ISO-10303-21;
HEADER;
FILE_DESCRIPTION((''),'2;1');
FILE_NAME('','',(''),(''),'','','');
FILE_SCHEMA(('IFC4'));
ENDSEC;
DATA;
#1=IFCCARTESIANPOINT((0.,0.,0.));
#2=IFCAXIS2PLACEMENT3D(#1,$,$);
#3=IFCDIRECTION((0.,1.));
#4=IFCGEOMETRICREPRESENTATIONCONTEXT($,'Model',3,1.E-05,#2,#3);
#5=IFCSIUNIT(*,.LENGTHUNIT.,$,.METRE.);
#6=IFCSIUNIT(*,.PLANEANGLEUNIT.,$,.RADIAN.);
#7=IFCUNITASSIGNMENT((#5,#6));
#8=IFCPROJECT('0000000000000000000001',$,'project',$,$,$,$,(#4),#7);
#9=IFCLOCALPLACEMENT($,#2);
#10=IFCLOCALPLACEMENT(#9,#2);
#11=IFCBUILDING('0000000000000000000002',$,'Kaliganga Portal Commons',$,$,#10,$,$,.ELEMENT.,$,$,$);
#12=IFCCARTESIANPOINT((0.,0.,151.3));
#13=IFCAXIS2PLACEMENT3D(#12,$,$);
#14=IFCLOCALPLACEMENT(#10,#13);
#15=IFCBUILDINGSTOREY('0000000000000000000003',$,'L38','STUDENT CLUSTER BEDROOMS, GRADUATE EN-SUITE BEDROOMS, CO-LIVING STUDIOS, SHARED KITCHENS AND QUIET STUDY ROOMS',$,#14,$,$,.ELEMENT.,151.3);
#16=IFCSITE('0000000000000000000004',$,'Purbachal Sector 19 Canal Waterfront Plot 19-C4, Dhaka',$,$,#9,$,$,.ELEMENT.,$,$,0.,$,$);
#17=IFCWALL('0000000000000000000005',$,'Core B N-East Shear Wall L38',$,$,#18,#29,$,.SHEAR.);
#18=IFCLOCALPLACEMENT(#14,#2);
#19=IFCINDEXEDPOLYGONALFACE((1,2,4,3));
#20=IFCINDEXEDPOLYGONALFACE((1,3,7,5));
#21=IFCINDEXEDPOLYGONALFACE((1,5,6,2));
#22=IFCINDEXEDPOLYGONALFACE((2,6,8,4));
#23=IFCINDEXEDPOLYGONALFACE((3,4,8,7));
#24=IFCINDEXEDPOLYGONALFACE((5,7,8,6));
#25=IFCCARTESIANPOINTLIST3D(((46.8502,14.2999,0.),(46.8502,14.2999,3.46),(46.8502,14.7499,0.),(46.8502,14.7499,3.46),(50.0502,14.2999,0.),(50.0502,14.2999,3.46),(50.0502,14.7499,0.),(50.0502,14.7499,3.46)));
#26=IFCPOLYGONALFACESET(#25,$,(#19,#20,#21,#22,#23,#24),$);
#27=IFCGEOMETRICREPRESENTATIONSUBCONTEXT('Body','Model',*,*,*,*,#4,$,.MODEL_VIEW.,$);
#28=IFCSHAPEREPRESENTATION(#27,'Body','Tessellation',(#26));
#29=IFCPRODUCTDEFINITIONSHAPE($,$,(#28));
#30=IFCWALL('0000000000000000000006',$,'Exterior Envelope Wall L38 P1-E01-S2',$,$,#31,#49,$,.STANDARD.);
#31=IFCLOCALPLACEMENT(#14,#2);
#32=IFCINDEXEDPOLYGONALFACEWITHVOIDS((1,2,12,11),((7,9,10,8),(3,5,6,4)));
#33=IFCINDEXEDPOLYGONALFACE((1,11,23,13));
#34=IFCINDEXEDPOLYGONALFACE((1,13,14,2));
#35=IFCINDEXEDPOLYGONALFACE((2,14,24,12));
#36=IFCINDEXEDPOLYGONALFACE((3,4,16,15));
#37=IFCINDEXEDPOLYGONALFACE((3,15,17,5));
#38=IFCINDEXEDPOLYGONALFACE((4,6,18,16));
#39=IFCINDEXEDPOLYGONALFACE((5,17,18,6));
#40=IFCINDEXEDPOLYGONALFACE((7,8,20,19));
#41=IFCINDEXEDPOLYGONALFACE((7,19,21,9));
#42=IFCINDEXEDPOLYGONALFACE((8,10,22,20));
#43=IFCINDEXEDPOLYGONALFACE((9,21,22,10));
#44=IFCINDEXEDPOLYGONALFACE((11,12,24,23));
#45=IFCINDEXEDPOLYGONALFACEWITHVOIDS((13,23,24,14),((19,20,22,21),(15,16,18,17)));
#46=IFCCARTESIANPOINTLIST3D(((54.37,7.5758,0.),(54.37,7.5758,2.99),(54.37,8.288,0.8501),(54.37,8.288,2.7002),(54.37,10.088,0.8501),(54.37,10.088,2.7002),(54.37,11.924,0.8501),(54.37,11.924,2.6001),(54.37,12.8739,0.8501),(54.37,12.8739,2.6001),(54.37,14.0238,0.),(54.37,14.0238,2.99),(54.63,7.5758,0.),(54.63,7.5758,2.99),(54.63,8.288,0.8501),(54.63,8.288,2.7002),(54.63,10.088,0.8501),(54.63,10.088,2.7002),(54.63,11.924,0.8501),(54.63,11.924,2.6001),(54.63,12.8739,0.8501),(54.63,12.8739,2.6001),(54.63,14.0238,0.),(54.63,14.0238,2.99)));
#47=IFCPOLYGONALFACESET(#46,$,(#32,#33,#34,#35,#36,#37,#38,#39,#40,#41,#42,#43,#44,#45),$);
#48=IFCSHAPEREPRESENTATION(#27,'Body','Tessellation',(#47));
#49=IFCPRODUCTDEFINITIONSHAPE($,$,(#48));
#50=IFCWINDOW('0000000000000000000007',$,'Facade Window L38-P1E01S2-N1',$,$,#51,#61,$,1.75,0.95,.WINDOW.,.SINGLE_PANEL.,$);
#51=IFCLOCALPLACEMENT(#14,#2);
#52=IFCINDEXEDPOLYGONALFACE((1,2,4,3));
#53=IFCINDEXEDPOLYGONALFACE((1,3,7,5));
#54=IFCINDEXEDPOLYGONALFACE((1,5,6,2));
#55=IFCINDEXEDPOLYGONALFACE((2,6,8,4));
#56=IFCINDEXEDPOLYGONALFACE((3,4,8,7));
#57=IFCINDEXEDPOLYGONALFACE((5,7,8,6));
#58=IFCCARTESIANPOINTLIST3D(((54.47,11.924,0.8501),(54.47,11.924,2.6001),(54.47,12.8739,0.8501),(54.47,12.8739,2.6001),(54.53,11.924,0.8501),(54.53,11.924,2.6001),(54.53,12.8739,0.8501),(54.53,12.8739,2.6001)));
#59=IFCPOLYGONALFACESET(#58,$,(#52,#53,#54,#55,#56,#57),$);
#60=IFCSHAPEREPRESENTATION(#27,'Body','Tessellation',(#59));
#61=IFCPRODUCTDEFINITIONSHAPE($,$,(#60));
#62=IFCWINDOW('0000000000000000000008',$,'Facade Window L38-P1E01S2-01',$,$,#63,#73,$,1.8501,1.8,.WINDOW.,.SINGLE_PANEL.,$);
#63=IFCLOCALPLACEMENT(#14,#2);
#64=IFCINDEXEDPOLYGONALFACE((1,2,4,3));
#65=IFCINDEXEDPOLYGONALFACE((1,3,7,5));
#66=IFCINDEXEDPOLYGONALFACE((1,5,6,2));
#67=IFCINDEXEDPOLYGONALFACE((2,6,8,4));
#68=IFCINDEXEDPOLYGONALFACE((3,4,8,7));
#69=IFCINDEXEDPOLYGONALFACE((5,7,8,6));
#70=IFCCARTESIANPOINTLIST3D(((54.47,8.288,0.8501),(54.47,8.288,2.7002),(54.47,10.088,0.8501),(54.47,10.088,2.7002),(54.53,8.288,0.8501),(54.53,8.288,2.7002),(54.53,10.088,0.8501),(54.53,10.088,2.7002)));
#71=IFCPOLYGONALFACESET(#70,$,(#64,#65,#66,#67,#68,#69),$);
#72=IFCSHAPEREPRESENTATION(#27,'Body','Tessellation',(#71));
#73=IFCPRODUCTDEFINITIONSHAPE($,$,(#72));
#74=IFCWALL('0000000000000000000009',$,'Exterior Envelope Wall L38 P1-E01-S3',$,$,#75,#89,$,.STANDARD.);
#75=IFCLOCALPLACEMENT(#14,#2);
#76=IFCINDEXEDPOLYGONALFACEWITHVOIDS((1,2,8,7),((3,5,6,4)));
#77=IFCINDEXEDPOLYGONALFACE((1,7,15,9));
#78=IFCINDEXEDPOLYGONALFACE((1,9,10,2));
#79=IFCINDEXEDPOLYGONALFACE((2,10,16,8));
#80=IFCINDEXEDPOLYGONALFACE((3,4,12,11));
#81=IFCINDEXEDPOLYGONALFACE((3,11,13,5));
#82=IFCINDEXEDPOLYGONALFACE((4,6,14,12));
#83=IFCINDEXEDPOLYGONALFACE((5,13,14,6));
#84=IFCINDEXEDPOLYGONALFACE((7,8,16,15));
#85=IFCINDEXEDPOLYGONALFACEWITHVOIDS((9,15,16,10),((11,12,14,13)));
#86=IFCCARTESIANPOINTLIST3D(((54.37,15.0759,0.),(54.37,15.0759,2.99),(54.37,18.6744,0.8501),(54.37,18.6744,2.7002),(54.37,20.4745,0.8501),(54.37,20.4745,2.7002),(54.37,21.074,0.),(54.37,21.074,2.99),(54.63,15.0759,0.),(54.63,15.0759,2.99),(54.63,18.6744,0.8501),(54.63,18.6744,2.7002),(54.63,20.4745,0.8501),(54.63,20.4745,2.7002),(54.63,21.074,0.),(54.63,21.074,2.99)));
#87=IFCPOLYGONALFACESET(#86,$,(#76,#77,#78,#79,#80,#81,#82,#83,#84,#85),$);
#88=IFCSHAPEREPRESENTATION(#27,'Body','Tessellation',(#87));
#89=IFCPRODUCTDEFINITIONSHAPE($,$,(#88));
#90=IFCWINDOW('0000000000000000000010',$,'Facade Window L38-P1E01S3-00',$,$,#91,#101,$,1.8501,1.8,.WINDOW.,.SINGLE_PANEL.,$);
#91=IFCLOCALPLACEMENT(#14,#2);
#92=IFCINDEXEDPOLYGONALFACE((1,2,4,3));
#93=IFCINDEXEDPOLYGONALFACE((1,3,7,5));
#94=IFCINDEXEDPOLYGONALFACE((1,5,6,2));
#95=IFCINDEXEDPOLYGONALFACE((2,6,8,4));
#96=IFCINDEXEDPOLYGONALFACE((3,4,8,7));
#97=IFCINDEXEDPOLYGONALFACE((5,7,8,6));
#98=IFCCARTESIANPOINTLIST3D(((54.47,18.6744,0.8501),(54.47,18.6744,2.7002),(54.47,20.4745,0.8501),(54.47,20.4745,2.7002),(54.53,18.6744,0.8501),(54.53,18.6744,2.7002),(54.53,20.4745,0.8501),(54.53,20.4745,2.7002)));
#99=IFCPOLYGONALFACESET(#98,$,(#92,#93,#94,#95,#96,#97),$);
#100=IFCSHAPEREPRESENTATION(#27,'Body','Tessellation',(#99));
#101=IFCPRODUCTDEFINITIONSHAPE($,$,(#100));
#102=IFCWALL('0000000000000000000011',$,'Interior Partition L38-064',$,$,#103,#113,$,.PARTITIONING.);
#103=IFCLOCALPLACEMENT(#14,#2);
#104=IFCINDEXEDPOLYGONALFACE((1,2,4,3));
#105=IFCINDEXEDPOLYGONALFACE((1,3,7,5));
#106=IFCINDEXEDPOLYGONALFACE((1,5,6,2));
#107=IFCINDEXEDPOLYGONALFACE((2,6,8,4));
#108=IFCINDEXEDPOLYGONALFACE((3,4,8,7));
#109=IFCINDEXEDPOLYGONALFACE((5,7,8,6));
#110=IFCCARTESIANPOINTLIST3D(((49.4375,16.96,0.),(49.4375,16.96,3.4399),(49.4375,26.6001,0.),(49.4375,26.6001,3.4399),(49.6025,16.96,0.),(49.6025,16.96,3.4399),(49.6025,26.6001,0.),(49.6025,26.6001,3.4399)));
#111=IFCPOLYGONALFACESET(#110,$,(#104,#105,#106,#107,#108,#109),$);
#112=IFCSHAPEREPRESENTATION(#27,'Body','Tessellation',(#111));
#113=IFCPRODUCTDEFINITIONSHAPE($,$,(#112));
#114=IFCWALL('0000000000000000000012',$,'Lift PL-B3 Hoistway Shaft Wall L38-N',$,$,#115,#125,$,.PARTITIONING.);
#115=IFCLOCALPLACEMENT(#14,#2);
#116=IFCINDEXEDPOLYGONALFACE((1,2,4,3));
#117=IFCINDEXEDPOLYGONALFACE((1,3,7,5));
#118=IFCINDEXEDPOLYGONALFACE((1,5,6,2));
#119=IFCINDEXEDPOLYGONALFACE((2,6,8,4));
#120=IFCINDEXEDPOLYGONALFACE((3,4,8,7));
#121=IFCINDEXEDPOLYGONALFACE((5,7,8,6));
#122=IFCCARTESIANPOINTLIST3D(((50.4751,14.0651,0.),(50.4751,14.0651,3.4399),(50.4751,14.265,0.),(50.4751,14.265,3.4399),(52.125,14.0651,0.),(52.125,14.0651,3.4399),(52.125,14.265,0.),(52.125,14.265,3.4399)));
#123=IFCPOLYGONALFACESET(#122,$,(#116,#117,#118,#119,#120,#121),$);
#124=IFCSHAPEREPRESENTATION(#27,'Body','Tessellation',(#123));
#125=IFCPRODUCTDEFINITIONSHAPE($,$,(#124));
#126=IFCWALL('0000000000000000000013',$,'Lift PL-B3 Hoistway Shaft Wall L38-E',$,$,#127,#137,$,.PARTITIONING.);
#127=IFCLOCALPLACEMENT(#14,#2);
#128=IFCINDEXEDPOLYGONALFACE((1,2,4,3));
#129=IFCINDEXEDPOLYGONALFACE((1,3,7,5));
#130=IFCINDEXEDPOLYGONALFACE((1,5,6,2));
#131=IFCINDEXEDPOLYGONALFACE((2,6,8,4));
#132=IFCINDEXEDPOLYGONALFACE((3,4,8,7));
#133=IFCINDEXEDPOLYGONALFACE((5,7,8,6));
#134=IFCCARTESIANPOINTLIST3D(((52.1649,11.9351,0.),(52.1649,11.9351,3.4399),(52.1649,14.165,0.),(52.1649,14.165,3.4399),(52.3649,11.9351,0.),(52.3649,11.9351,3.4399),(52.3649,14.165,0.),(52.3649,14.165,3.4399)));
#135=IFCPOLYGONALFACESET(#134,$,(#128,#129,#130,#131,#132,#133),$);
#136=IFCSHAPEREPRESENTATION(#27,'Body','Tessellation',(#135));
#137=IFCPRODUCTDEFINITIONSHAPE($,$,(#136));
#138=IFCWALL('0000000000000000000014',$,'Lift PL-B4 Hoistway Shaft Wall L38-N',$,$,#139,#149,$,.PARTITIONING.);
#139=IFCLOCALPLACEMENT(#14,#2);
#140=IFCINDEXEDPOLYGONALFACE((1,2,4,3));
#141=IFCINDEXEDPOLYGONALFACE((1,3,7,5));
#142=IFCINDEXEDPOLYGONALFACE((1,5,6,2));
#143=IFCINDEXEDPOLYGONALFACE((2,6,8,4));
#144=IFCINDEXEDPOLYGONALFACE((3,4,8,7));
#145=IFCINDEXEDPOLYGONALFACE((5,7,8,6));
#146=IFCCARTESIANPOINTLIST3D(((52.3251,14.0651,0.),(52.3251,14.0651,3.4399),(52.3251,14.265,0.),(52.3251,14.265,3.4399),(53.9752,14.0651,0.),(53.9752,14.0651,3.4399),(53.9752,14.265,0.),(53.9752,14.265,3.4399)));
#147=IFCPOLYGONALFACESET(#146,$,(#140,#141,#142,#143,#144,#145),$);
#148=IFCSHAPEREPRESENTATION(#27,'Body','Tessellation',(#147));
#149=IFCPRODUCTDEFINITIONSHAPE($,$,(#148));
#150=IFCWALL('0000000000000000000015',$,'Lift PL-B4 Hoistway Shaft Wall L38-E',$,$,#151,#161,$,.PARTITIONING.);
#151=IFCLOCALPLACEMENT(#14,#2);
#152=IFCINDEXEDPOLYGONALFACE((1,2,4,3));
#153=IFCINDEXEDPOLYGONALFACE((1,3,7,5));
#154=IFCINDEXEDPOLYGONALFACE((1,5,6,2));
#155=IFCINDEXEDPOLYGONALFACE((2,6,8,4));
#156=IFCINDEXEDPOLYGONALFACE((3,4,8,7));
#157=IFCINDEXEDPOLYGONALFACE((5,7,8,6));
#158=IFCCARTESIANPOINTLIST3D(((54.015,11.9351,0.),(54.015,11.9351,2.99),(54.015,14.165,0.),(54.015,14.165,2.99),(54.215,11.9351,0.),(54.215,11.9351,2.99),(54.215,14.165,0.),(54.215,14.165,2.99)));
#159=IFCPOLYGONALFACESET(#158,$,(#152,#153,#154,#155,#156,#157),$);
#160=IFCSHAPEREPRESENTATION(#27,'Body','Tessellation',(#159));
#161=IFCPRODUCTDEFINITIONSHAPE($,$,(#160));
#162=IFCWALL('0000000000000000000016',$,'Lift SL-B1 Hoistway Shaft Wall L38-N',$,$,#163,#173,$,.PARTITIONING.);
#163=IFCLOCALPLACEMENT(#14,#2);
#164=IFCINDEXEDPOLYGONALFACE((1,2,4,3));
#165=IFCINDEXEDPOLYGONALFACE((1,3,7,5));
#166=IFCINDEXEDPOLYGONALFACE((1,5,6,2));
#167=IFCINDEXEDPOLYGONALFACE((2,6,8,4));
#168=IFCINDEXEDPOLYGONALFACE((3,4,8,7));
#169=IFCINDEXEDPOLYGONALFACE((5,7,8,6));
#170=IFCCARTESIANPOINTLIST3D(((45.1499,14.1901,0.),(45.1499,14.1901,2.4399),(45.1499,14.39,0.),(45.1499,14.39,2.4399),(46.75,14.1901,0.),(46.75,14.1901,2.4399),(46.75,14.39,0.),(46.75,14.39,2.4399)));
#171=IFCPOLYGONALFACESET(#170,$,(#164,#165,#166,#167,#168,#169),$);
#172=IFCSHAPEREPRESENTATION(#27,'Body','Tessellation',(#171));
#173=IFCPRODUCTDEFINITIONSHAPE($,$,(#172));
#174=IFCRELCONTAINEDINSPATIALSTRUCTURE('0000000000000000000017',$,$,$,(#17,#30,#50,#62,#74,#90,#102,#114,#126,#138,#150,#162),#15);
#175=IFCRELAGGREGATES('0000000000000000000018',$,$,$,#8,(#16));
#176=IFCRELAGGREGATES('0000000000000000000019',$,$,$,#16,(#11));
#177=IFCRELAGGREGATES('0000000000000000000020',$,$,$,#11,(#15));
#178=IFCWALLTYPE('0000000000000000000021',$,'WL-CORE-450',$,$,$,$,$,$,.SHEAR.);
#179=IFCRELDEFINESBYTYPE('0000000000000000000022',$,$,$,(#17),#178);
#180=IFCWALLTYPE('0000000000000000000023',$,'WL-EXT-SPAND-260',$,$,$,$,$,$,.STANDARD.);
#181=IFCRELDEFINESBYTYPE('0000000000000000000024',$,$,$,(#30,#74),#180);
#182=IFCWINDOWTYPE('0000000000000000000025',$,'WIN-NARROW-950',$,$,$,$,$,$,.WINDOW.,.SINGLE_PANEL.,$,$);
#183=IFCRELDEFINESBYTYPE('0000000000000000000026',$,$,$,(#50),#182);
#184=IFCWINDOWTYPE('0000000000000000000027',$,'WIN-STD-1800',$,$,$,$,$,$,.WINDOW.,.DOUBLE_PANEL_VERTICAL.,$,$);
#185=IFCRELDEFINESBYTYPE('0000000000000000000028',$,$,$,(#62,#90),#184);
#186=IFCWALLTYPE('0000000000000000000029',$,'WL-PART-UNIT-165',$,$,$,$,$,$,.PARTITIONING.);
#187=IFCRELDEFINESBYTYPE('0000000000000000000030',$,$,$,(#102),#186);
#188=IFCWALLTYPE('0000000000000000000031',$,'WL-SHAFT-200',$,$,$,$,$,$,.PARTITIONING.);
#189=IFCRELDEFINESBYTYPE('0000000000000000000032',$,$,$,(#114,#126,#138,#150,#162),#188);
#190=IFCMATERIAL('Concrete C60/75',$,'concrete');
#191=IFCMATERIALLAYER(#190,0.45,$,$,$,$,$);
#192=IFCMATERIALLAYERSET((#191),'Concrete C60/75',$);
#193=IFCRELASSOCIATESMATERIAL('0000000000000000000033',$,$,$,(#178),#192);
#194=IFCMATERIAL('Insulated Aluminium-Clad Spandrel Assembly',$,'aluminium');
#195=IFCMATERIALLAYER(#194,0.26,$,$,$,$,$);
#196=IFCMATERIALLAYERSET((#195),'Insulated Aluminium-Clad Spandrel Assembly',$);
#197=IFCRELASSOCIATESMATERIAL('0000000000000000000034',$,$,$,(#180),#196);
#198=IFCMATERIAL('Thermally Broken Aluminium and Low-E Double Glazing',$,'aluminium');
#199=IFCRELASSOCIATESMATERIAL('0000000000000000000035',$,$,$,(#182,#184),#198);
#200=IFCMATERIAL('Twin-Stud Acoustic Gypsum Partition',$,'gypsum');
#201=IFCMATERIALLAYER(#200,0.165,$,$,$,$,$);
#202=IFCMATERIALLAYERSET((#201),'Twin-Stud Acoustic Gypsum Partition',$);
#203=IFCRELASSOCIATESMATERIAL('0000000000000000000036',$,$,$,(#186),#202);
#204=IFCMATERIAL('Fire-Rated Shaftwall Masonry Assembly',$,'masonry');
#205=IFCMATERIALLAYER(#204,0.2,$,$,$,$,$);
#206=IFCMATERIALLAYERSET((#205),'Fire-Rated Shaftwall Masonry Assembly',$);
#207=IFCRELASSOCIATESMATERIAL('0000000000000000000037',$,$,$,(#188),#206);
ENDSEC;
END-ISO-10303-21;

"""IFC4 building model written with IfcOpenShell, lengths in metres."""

from ifc_helpers import new_model, si_unit, direction, frame, frame_2d, origin, place, context, subcontext, project, spatial, rectangle, extrude, material, layer, layer_set, type_object, element, fill, save


model = new_model("IFC4")

# Units and contexts
model_context = context("Model", 3, precision=1e-05, world=origin(), true_north=direction((0.0, 1.0)))
body_context = subcontext(model_context, "Body", "Model", "MODEL_VIEW")
ifc_project = project(units=[si_unit("LENGTHUNIT", "METRE"), si_unit("PLANEANGLEUNIT", "RADIAN")], contexts=[model_context])

# Site, building, storey
site_placement = place(None, origin())
site = spatial("IfcSite", under=ifc_project, at=site_placement, Name="Purbachal Sector 19 Canal Waterfront Plot 19-C4, Dhaka", CompositionType="ELEMENT", RefElevation=0.0)
building_placement = place(site_placement, origin())
building = spatial("IfcBuilding", under=site, at=building_placement, Name="Kaliganga Portal Commons", CompositionType="ELEMENT")
storey_placement = place(building_placement, frame((0.0, 0.0, 151.3)))
storey = spatial("IfcBuildingStorey", under=building, at=storey_placement, Name="L38", Description="STUDENT CLUSTER BEDROOMS, GRADUATE EN-SUITE BEDROOMS, CO-LIVING STUDIOS, SHARED KITCHENS AND QUIET STUDY ROOMS", CompositionType="ELEMENT", Elevation=151.3)

# Shared definitions
ifc_material_1 = material(Name="Concrete C60/75", Category="concrete")

# Wall
ifc_layer_1 = layer(ifc_material_1, 0.45)
ifc_layer_set_1 = layer_set([ifc_layer_1], Name="Concrete C60/75")
wall_type_1 = type_object("IfcWallType", Name="WL-CORE-450", PredefinedType="SHEAR", material=ifc_layer_set_1)
wall_1_placement = place(storey_placement, frame((46.8501, 14.5249, 0.0), z_axis=(0.0, 0.0, 1.0), x_axis=(1.0, 0.0, 0.0)))
element("IfcWall", 1, at=wall_1_placement, inside=storey, type_object=wall_type_1, Name="Core B N-East Shear Wall L38", PredefinedType="SHEAR", context=body_context, shape_type="SweptSolid", body=[
    extrude(rectangle(XDim=3.2, YDim=0.45, at=frame_2d((1.6001, 0.0))), origin(), (0.0, 0.0, 1.0), 3.46),
])

# Wall, openings, windows
ifc_material_2 = material(Name="Insulated Aluminium-Clad Spandrel Assembly", Category="aluminium")
ifc_layer_2 = layer(ifc_material_2, 0.26)
ifc_layer_set_2 = layer_set([ifc_layer_2], Name="Insulated Aluminium-Clad Spandrel Assembly")
wall_type_2 = type_object("IfcWallType", Name="WL-EXT-SPAND-260", PredefinedType="STANDARD", material=ifc_layer_set_2)
wall_2_placement = place(storey_placement, frame((54.5, 14.0239, 0.0), z_axis=(0.0, 0.0, 1.0), x_axis=(0.0, -1.0, 0.0)))
wall_2 = element("IfcWall", 2, at=wall_2_placement, inside=storey, type_object=wall_type_2, Name="Exterior Envelope Wall L38 P1-E01-S2", PredefinedType="STANDARD", context=body_context, shape_type="SweptSolid", body=[
    extrude(rectangle(XDim=6.448, YDim=0.26, at=frame_2d((3.2241, 0.0))), origin(), (0.0, 0.0, 1.0), 2.99),
])
opening_1_placement = place(wall_2_placement, frame((3.936, 0.0, 0.8501)))
opening_1 = element("IfcOpeningElement", 3, at=opening_1_placement, cuts=wall_2, PredefinedType="OPENING", context=body_context, shape_type="SweptSolid", body=[
    extrude(rectangle(XDim=1.8, YDim=1.8501, at=frame_2d((0.8999, 0.925))), frame((0.0, 0.1401, 0.0), z_axis=(0.0, -1.0, 0.0), x_axis=(1.0, 0.0, 0.0)), (0.0, 0.0, 1.0), 0.28),
])
opening_2_placement = place(wall_2_placement, frame((1.1499, 0.0, 0.8501)))
opening_2 = element("IfcOpeningElement", 4, at=opening_2_placement, cuts=wall_2, PredefinedType="OPENING", context=body_context, shape_type="SweptSolid", body=[
    extrude(rectangle(XDim=0.95, YDim=1.75, at=frame_2d((0.4751, 0.875))), frame((0.0, 0.1401, 0.0), z_axis=(0.0, -1.0, 0.0), x_axis=(1.0, 0.0, 0.0)), (0.0, 0.0, 1.0), 0.28),
])
ifc_material_3 = material(Name="Thermally Broken Aluminium and Low-E Double Glazing", Category="aluminium")
window_type_1 = type_object("IfcWindowType", Name="WIN-NARROW-950", PartitioningType="SINGLE_PANEL", PredefinedType="WINDOW", material=ifc_material_3)
window_1_placement = place(opening_2_placement, origin())
window_1 = element("IfcWindow", 5, at=window_1_placement, inside=storey, type_object=window_type_1, Name="Facade Window L38-P1E01S2-N1", OverallHeight=1.75, OverallWidth=0.95, PartitioningType="SINGLE_PANEL", PredefinedType="WINDOW", context=body_context, shape_type="SweptSolid", body=[
    extrude(rectangle(XDim=0.95, YDim=1.75, at=frame_2d((0.4751, 0.875))), frame((0.0, 0.03, 0.0), z_axis=(0.0, -1.0, 0.0), x_axis=(1.0, 0.0, 0.0)), (0.0, 0.0, 1.0), 0.0601),
])
fill(opening_2, window_1)
window_type_2 = type_object("IfcWindowType", Name="WIN-STD-1800", PartitioningType="DOUBLE_PANEL_VERTICAL", PredefinedType="WINDOW", material=ifc_material_3)
window_2_placement = place(opening_1_placement, origin())
window_2 = element("IfcWindow", 6, at=window_2_placement, inside=storey, type_object=window_type_2, Name="Facade Window L38-P1E01S2-01", OverallHeight=1.8501, OverallWidth=1.8, PartitioningType="SINGLE_PANEL", PredefinedType="WINDOW", context=body_context, shape_type="SweptSolid", body=[
    extrude(rectangle(XDim=1.8, YDim=1.8501, at=frame_2d((0.8999, 0.925))), frame((0.0, 0.03, 0.0), z_axis=(0.0, -1.0, 0.0), x_axis=(1.0, 0.0, 0.0)), (0.0, 0.0, 1.0), 0.0601),
])
fill(opening_1, window_2)

# Wall, opening, window
wall_3_placement = place(storey_placement, frame((54.5, 21.074, 0.0), z_axis=(0.0, 0.0, 1.0), x_axis=(0.0, -1.0, 0.0)))
wall_3 = element("IfcWall", 7, at=wall_3_placement, inside=storey, type_object=wall_type_2, Name="Exterior Envelope Wall L38 P1-E01-S3", PredefinedType="STANDARD", context=body_context, shape_type="SweptSolid", body=[
    extrude(rectangle(XDim=5.998, YDim=0.26, at=frame_2d((2.999, 0.0))), origin(), (0.0, 0.0, 1.0), 2.99),
])
opening_3_placement = place(wall_3_placement, frame((0.5996, 0.0, 0.8501)))
opening_3 = element("IfcOpeningElement", 8, at=opening_3_placement, cuts=wall_3, PredefinedType="OPENING", context=body_context, shape_type="SweptSolid", body=[
    extrude(rectangle(XDim=1.8, YDim=1.8501, at=frame_2d((0.8999, 0.925))), frame((0.0, 0.1401, 0.0), z_axis=(0.0, -1.0, 0.0), x_axis=(1.0, 0.0, 0.0)), (0.0, 0.0, 1.0), 0.28),
])
window_3_placement = place(opening_3_placement, origin())
window_3 = element("IfcWindow", 9, at=window_3_placement, inside=storey, type_object=window_type_2, Name="Facade Window L38-P1E01S3-00", OverallHeight=1.8501, OverallWidth=1.8, PartitioningType="SINGLE_PANEL", PredefinedType="WINDOW", context=body_context, shape_type="SweptSolid", body=[
    extrude(rectangle(XDim=1.8, YDim=1.8501, at=frame_2d((0.8999, 0.925))), frame((0.0, 0.03, 0.0), z_axis=(0.0, -1.0, 0.0), x_axis=(1.0, 0.0, 0.0)), (0.0, 0.0, 1.0), 0.0601),
])
fill(opening_3, window_3)

# Wall
ifc_material_4 = material(Name="Twin-Stud Acoustic Gypsum Partition", Category="gypsum")
ifc_layer_3 = layer(ifc_material_4, 0.165)
ifc_layer_set_3 = layer_set([ifc_layer_3], Name="Twin-Stud Acoustic Gypsum Partition")
wall_type_3 = type_object("IfcWallType", Name="WL-PART-UNIT-165", PredefinedType="PARTITIONING", material=ifc_layer_set_3)
wall_4_placement = place(storey_placement, frame((49.52, 16.96, 0.0), z_axis=(0.0, 0.0, 1.0), x_axis=(0.0, 1.0, 0.0)))
element("IfcWall", 10, at=wall_4_placement, inside=storey, type_object=wall_type_3, Name="Interior Partition L38-064", PredefinedType="PARTITIONING", context=body_context, shape_type="SweptSolid", body=[
    extrude(rectangle(XDim=9.6401, YDim=0.165, at=frame_2d((4.8201, 0.0))), origin(), (0.0, 0.0, 1.0), 3.4399),
])

# Shared definitions
ifc_material_5 = material(Name="Fire-Rated Shaftwall Masonry Assembly", Category="masonry")
ifc_layer_4 = layer(ifc_material_5, 0.2)
ifc_layer_set_4 = layer_set([ifc_layer_4], Name="Fire-Rated Shaftwall Masonry Assembly")
wall_type_4 = type_object("IfcWallType", Name="WL-SHAFT-200", PredefinedType="PARTITIONING", material=ifc_layer_set_4)

# Walls
wall_5_placement = place(storey_placement, frame((50.4751, 14.165, 0.0), z_axis=(0.0, 0.0, 1.0), x_axis=(1.0, 0.0, 0.0)))
element("IfcWall", 11, at=wall_5_placement, inside=storey, type_object=wall_type_4, Name="Lift PL-B3 Hoistway Shaft Wall L38-N", PredefinedType="PARTITIONING", context=body_context, shape_type="SweptSolid", body=[
    extrude(rectangle(XDim=1.6499, YDim=0.2, at=frame_2d((0.825, 0.0))), origin(), (0.0, 0.0, 1.0), 3.4399),
])
wall_6_placement = place(storey_placement, frame((52.2649, 11.9351, 0.0), z_axis=(0.0, 0.0, 1.0), x_axis=(0.0, 1.0, 0.0)))
element("IfcWall", 12, at=wall_6_placement, inside=storey, type_object=wall_type_4, Name="Lift PL-B3 Hoistway Shaft Wall L38-E", PredefinedType="PARTITIONING", context=body_context, shape_type="SweptSolid", body=[
    extrude(rectangle(XDim=2.23, YDim=0.2, at=frame_2d((1.115, 0.0))), origin(), (0.0, 0.0, 1.0), 3.4399),
])

# Walls
wall_7_placement = place(storey_placement, frame((52.325, 14.165, 0.0), z_axis=(0.0, 0.0, 1.0), x_axis=(1.0, 0.0, 0.0)))
element("IfcWall", 13, at=wall_7_placement, inside=storey, type_object=wall_type_4, Name="Lift PL-B4 Hoistway Shaft Wall L38-N", PredefinedType="PARTITIONING", context=body_context, shape_type="SweptSolid", body=[
    extrude(rectangle(XDim=1.6501, YDim=0.2, at=frame_2d((0.8252, 0.0))), origin(), (0.0, 0.0, 1.0), 3.4399),
])
wall_8_placement = place(storey_placement, frame((54.115, 11.9351, 0.0), z_axis=(0.0, 0.0, 1.0), x_axis=(0.0, 1.0, 0.0)))
element("IfcWall", 14, at=wall_8_placement, inside=storey, type_object=wall_type_4, Name="Lift PL-B4 Hoistway Shaft Wall L38-E", PredefinedType="PARTITIONING", context=body_context, shape_type="SweptSolid", body=[
    extrude(rectangle(XDim=2.23, YDim=0.2, at=frame_2d((1.115, 0.0))), origin(), (0.0, 0.0, 1.0), 2.99),
])

# Wall
wall_9_placement = place(storey_placement, frame((45.1499, 14.29, 0.0), z_axis=(0.0, 0.0, 1.0), x_axis=(1.0, 0.0, 0.0)))
element("IfcWall", 15, at=wall_9_placement, inside=storey, type_object=wall_type_4, Name="Lift SL-B1 Hoistway Shaft Wall L38-N", PredefinedType="PARTITIONING", context=body_context, shape_type="SweptSolid", body=[
    extrude(rectangle(XDim=1.6001, YDim=0.2, at=frame_2d((0.8, 0.0))), origin(), (0.0, 0.0, 1.0), 2.4399),
])

save(model, "model.ifc")
